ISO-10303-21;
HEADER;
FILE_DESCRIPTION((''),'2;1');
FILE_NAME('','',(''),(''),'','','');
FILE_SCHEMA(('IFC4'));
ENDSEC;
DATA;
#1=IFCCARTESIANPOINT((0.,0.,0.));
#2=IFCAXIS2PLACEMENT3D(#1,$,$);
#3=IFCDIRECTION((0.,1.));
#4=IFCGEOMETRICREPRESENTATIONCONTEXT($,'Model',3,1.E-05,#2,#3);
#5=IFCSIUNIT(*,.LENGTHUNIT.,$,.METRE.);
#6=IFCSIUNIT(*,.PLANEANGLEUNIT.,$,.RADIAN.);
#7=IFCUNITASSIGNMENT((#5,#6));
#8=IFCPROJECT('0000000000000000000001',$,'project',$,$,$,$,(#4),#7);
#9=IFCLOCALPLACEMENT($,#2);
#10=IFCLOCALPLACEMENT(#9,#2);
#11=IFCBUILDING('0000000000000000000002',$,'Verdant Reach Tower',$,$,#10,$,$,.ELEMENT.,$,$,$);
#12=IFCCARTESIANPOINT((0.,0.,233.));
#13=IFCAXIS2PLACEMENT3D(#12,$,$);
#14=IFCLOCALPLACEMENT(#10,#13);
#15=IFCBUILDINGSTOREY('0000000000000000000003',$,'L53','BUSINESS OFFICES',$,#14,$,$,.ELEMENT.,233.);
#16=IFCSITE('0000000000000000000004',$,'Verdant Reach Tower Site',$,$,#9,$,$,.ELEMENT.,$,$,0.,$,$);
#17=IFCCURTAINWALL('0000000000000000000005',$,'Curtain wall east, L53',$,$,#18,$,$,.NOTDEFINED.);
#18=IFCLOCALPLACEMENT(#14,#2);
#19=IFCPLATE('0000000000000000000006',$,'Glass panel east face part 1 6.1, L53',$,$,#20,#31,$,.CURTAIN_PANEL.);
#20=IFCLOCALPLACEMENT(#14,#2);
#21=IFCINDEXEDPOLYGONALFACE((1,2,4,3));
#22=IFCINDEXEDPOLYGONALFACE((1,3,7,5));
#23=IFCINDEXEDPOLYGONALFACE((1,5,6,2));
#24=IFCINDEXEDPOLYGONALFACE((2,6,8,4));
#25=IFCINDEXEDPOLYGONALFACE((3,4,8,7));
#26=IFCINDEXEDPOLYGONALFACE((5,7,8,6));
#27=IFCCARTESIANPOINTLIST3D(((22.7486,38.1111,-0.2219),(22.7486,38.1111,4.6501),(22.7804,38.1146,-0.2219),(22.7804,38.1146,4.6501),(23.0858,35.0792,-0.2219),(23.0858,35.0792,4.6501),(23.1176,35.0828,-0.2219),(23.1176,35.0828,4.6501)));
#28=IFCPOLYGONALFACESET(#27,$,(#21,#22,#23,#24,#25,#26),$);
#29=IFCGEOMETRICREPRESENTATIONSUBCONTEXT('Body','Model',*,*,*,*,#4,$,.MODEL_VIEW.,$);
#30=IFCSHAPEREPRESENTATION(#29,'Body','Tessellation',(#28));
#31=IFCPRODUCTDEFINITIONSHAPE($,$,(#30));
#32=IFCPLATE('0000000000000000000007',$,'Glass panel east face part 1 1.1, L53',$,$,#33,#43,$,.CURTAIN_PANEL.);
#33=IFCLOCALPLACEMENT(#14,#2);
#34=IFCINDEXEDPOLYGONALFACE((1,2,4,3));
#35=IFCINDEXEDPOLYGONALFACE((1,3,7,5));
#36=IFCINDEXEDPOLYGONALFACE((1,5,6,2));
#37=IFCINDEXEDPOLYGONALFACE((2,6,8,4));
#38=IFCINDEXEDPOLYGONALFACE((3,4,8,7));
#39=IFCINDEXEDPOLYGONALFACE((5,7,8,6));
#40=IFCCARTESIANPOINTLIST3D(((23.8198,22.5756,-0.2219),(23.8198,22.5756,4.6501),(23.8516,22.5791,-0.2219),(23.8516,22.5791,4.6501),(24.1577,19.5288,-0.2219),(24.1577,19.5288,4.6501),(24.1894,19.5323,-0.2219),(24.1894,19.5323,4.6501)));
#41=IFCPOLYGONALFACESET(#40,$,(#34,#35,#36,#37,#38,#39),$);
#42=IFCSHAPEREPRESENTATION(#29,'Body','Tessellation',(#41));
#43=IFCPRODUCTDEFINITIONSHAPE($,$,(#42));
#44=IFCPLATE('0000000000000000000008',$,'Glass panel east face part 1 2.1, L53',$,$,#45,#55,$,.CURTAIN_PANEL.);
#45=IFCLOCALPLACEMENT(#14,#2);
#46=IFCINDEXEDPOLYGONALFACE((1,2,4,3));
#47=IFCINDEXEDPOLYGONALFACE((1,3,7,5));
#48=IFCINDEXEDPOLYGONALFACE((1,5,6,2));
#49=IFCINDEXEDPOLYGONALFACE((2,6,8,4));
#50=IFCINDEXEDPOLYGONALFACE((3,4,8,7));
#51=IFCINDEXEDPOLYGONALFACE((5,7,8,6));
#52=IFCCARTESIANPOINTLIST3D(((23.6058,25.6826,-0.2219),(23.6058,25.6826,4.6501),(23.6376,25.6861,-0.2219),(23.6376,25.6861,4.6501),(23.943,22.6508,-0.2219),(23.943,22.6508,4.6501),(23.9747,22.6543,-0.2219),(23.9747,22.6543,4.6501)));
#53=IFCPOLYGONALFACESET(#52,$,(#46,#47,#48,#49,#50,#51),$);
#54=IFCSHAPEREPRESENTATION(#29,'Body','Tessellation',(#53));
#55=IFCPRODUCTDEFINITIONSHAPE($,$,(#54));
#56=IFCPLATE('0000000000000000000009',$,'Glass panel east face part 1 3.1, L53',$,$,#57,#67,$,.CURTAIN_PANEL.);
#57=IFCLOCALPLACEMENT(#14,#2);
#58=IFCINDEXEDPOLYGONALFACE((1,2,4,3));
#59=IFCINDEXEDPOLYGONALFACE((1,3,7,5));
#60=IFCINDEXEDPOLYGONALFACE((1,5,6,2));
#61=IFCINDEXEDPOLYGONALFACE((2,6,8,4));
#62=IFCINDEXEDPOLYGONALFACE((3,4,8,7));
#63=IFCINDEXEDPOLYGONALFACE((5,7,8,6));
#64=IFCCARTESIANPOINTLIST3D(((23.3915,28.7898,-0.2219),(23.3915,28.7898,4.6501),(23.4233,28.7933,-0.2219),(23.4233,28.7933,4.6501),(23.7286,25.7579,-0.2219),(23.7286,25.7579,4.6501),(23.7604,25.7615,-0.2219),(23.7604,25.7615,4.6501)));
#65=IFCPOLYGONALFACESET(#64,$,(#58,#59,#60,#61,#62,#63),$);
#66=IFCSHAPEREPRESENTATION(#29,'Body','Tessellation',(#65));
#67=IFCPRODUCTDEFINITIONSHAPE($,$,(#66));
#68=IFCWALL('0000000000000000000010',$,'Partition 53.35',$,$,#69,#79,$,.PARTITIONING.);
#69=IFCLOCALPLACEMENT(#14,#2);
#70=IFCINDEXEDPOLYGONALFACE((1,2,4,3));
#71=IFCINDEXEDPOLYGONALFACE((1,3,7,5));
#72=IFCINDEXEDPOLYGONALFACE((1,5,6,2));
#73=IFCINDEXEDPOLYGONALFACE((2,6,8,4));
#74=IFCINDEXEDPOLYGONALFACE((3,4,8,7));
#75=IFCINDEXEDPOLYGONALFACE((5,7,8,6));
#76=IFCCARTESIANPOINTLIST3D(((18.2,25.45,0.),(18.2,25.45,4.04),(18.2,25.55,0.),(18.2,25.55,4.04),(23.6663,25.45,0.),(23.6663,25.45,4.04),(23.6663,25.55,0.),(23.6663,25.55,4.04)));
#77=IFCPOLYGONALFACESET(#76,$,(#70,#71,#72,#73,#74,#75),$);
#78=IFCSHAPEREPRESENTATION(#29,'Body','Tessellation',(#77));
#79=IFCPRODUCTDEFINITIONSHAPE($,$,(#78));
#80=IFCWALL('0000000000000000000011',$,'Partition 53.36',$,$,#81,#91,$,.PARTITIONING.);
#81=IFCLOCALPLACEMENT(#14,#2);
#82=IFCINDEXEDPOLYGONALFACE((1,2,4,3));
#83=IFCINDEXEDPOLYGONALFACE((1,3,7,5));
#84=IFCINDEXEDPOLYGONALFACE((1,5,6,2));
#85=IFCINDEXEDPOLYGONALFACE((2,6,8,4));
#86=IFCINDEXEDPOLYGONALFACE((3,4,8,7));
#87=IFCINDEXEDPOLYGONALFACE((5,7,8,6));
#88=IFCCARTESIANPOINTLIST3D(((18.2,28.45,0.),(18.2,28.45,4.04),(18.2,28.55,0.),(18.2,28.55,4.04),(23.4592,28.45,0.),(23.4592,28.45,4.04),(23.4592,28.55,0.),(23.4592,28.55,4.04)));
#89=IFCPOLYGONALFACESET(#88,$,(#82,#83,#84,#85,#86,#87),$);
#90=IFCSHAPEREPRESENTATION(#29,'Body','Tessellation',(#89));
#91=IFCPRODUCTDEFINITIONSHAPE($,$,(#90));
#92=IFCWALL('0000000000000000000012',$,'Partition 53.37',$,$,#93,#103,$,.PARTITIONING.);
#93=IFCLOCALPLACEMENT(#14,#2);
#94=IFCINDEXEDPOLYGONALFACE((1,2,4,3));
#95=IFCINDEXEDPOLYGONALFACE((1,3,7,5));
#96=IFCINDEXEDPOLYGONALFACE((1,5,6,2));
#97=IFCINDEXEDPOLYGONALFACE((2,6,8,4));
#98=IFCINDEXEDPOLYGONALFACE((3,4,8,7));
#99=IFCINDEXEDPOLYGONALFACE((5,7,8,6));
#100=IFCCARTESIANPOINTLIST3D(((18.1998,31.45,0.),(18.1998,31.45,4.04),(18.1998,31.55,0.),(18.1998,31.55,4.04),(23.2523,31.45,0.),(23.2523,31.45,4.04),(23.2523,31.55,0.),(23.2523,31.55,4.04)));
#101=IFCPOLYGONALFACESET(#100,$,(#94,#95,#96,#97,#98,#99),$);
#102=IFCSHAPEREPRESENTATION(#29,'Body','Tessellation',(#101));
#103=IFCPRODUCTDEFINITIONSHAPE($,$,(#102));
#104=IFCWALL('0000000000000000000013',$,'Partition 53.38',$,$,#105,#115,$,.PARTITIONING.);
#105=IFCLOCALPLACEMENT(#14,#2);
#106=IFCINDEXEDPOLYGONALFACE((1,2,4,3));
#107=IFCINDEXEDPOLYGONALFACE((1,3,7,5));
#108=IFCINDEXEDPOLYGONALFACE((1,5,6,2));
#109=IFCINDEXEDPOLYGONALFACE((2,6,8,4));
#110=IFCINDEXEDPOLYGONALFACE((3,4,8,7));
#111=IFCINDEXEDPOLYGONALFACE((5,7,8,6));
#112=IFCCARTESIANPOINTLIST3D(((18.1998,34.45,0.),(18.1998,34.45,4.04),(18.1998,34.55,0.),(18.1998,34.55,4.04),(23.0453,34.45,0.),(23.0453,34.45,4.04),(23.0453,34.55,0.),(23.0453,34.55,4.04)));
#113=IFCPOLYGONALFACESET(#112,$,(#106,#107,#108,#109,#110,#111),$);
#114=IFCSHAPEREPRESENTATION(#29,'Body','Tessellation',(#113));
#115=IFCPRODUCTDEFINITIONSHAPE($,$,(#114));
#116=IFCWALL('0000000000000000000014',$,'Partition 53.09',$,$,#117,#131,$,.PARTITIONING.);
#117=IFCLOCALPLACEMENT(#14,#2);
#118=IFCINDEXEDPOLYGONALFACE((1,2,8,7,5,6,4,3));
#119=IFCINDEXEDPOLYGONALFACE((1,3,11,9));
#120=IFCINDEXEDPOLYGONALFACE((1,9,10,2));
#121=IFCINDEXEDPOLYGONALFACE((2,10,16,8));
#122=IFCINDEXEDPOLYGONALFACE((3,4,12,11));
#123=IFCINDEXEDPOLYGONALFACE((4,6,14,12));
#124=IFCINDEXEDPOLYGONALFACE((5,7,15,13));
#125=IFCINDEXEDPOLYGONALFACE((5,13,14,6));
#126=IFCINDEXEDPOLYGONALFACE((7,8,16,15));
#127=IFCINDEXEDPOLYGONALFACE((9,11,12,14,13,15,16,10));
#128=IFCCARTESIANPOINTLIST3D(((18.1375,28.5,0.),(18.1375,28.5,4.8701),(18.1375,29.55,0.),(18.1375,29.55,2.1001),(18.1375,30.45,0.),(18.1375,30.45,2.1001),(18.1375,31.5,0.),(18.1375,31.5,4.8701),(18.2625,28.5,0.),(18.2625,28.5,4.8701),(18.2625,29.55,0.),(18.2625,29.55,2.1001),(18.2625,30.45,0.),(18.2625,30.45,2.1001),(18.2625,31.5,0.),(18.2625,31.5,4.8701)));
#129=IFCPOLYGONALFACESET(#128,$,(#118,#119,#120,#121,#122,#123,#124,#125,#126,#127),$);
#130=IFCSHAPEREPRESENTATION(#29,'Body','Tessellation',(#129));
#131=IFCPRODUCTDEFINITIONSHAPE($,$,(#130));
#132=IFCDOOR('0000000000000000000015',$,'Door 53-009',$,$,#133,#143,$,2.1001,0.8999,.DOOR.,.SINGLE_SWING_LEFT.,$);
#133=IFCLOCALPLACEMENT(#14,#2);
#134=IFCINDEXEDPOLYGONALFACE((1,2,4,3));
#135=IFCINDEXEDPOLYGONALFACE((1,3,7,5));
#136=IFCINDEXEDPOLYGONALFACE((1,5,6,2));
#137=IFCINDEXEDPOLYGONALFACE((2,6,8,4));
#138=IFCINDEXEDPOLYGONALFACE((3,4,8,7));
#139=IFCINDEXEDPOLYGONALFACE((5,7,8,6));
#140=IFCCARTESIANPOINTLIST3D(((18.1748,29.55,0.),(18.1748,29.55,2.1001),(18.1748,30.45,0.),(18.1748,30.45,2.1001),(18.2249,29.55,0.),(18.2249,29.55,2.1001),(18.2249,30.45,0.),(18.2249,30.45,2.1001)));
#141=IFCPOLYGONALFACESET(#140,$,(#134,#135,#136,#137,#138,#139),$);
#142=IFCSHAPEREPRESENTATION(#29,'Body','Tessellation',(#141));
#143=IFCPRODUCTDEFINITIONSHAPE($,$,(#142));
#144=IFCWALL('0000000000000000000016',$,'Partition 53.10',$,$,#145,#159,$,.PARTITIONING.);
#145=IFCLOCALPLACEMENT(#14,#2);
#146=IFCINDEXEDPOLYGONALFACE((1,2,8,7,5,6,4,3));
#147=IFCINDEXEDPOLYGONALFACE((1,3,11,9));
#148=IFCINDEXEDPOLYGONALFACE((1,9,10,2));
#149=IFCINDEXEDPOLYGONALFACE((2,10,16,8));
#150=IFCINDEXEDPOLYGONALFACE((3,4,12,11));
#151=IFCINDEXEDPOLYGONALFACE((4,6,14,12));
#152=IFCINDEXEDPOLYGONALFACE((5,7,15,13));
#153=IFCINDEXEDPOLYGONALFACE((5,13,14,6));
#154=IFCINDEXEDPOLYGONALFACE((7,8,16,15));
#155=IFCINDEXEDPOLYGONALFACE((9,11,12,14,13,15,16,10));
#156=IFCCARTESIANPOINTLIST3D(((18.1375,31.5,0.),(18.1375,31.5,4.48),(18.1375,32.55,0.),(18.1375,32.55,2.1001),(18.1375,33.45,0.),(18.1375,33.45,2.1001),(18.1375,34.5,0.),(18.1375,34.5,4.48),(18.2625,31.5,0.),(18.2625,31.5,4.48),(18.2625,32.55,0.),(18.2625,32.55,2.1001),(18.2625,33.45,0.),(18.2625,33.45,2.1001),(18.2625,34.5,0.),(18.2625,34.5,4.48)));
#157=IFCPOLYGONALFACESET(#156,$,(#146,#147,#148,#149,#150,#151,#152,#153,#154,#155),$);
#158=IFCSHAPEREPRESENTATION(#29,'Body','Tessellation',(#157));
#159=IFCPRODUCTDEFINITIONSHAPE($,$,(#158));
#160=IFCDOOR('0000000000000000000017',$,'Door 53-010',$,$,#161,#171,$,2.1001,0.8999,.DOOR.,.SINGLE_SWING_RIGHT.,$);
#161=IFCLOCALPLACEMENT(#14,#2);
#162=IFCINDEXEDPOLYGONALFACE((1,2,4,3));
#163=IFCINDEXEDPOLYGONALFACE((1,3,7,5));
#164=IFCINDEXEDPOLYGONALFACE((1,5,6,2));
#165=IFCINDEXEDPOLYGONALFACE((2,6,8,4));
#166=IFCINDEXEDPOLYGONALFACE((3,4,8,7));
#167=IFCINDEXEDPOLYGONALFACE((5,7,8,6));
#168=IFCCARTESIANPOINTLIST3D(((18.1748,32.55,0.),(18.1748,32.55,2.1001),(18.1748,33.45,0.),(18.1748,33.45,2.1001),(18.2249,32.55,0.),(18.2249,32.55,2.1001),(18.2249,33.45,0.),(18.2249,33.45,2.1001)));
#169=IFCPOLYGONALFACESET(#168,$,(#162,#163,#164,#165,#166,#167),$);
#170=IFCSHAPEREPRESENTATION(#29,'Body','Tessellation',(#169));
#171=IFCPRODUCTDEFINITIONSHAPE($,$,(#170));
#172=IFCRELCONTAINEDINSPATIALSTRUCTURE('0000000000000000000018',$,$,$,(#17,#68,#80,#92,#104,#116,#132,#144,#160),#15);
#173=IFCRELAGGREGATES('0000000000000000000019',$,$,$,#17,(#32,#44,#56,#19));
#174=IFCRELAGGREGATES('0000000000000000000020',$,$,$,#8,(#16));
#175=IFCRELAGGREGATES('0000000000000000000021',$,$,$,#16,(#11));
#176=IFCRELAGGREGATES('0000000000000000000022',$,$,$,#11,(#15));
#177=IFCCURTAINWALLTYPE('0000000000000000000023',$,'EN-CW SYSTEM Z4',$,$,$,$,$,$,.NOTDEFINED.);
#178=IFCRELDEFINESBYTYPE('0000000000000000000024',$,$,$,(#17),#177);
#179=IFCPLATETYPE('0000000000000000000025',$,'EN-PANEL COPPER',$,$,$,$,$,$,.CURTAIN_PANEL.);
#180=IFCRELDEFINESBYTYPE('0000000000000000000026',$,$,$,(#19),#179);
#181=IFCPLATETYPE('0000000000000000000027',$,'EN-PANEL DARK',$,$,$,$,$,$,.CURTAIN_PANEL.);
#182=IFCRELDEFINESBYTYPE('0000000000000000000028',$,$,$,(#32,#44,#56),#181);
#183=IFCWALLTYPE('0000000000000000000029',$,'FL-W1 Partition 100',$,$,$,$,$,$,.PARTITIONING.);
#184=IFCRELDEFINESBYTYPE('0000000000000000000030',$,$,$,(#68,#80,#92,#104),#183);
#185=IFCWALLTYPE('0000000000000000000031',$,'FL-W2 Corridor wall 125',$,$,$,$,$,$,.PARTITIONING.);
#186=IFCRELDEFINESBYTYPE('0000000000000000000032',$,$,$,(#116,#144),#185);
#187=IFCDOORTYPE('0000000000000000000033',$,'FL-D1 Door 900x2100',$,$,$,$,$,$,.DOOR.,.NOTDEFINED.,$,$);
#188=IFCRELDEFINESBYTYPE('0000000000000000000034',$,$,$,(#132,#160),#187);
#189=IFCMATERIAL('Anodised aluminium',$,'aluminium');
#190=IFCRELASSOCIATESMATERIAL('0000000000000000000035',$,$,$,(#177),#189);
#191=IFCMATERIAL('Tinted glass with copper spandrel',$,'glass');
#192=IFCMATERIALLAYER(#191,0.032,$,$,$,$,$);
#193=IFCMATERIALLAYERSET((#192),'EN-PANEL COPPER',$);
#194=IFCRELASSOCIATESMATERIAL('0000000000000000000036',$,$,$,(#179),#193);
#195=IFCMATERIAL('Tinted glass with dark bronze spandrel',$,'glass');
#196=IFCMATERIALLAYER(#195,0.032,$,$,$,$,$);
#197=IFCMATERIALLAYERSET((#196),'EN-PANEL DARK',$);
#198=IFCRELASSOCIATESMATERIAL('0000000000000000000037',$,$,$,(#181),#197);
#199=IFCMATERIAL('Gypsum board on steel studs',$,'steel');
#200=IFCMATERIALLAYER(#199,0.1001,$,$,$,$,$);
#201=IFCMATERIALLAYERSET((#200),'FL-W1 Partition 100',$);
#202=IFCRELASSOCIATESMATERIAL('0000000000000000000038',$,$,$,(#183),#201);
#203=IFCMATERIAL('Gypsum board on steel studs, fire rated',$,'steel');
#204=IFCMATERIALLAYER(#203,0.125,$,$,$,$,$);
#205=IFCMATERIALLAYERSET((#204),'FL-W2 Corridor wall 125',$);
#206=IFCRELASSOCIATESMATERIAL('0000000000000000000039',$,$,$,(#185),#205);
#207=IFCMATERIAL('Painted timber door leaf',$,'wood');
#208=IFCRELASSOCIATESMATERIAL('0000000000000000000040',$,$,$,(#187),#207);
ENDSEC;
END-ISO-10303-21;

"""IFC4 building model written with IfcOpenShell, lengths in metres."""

from ifc_helpers import new_model, si_unit, direction, frame, frame_2d, origin, origin_2d, place, context, subcontext, project, spatial, rectangle, extrude, material, layer, layer_set, type_object, element, fill, aggregate, save


model = new_model("IFC4")

# Units and contexts
model_context = context("Model", 3, precision=1e-05, world=origin(), true_north=direction((0.0, 1.0)))
body_context = subcontext(model_context, "Body", "Model", "MODEL_VIEW")
ifc_project = project(units=[si_unit("LENGTHUNIT", "METRE"), si_unit("PLANEANGLEUNIT", "RADIAN")], contexts=[model_context])

# Site, building, storey
site_placement = place(None, origin())
site = spatial("IfcSite", under=ifc_project, at=site_placement, Name="Verdant Reach Tower Site", CompositionType="ELEMENT", RefElevation=0.0)
building_placement = place(site_placement, origin())
building = spatial("IfcBuilding", under=site, at=building_placement, Name="Verdant Reach Tower", CompositionType="ELEMENT")
storey_placement = place(building_placement, frame((0.0, 0.0, 233.0)))
storey = spatial("IfcBuildingStorey", under=building, at=storey_placement, Name="L53", Description="BUSINESS OFFICES", CompositionType="ELEMENT", Elevation=233.0)

# Curtain wall
ifc_material_1 = material(Name="Anodised aluminium", Category="aluminium")
curtain_wall_type = type_object("IfcCurtainWallType", Name="EN-CW SYSTEM Z4", PredefinedType="NOTDEFINED", material=ifc_material_1)
curtain_wall_placement = place(storey_placement, origin())
curtain_wall = element("IfcCurtainWall", 1, at=curtain_wall_placement, inside=storey, type_object=curtain_wall_type, Name="Curtain wall east, L53", PredefinedType="NOTDEFINED")

# Plates
ifc_material_2 = material(Name="Tinted glass with copper spandrel", Category="glass")
ifc_layer_1 = layer(ifc_material_2, 0.032)
ifc_layer_set_1 = layer_set([ifc_layer_1], Name="EN-PANEL COPPER")
plate_type_1 = type_object("IfcPlateType", Name="EN-PANEL COPPER", PredefinedType="CURTAIN_PANEL", material=ifc_layer_set_1)
plate_1_placement = place(storey_placement, frame((22.9331, 36.5969, -0.2219), z_axis=(0.0, 0.0, 1.0), x_axis=(-0.110518, 0.993874, 0.0)))
plate_1 = element("IfcPlate", 2, at=plate_1_placement, type_object=plate_type_1, Name="Glass panel east face part 1 6.1, L53", PredefinedType="CURTAIN_PANEL", context=body_context, shape_type="SweptSolid", body=[
    extrude(rectangle(XDim=3.0505, YDim=0.032, at=origin_2d()), origin(), (0.0, 0.0, 1.0), 4.8721),
])
ifc_material_3 = material(Name="Tinted glass with dark bronze spandrel", Category="glass")
ifc_layer_2 = layer(ifc_material_3, 0.032)
ifc_layer_set_2 = layer_set([ifc_layer_2], Name="EN-PANEL DARK")
plate_type_2 = type_object("IfcPlateType", Name="EN-PANEL DARK", PredefinedType="CURTAIN_PANEL", material=ifc_layer_set_2)
plate_2_placement = place(storey_placement, frame((24.0046, 21.054, -0.2219), z_axis=(0.0, 0.0, 1.0), x_axis=(-0.110206, 0.993909, 0.0)))
plate_2 = element("IfcPlate", 3, at=plate_2_placement, type_object=plate_type_2, Name="Glass panel east face part 1 1.1, L53", PredefinedType="CURTAIN_PANEL", context=body_context, shape_type="SweptSolid", body=[
    extrude(rectangle(XDim=3.0654, YDim=0.032, at=origin_2d()), origin(), (0.0, 0.0, 1.0), 4.8721),
])
plate_3_placement = place(storey_placement, frame((23.7903, 24.1685, -0.2219), z_axis=(0.0, 0.0, 1.0), x_axis=(-0.110518, 0.993874, 0.0)))
plate_3 = element("IfcPlate", 4, at=plate_3_placement, type_object=plate_type_2, Name="Glass panel east face part 1 2.1, L53", PredefinedType="CURTAIN_PANEL", context=body_context, shape_type="SweptSolid", body=[
    extrude(rectangle(XDim=3.0505, YDim=0.032, at=origin_2d()), origin(), (0.0, 0.0, 1.0), 4.8721),
])
plate_4_placement = place(storey_placement, frame((23.5759, 27.2756, -0.2219), z_axis=(0.0, 0.0, 1.0), x_axis=(-0.110518, 0.993874, 0.0)))
plate_4 = element("IfcPlate", 5, at=plate_4_placement, type_object=plate_type_2, Name="Glass panel east face part 1 3.1, L53", PredefinedType="CURTAIN_PANEL", context=body_context, shape_type="SweptSolid", body=[
    extrude(rectangle(XDim=3.0505, YDim=0.032, at=origin_2d()), origin(), (0.0, 0.0, 1.0), 4.8721),
])
aggregate(curtain_wall, [plate_2, plate_3, plate_4, plate_1])

# Walls
ifc_material_4 = material(Name="Gypsum board on steel studs", Category="steel")
ifc_layer_3 = layer(ifc_material_4, 0.1001)
ifc_layer_set_3 = layer_set([ifc_layer_3], Name="FL-W1 Partition 100")
wall_type_1 = type_object("IfcWallType", Name="FL-W1 Partition 100", PredefinedType="PARTITIONING", material=ifc_layer_set_3)
wall_1_placement = place(storey_placement, frame((23.6663, 25.5, 0.0), z_axis=(0.0, 0.0, 1.0), x_axis=(-1.0, 0.0, 0.0)))
element("IfcWall", 6, at=wall_1_placement, inside=storey, type_object=wall_type_1, Name="Partition 53.35", PredefinedType="PARTITIONING", context=body_context, shape_type="SweptSolid", body=[
    extrude(rectangle(XDim=5.4663, YDim=0.1001, at=frame_2d((2.7332, 0.0))), origin(), (0.0, 0.0, 1.0), 4.04),
])
wall_2_placement = place(storey_placement, frame((23.4592, 28.5, 0.0), z_axis=(0.0, 0.0, 1.0), x_axis=(-1.0, 0.0, 0.0)))
element("IfcWall", 7, at=wall_2_placement, inside=storey, type_object=wall_type_1, Name="Partition 53.36", PredefinedType="PARTITIONING", context=body_context, shape_type="SweptSolid", body=[
    extrude(rectangle(XDim=5.2593, YDim=0.1001, at=frame_2d((2.6296, 0.0))), origin(), (0.0, 0.0, 1.0), 4.04),
])
wall_3_placement = place(storey_placement, frame((23.2524, 31.5, 0.0), z_axis=(0.0, 0.0, 1.0), x_axis=(-1.0, 0.0, 0.0)))
element("IfcWall", 8, at=wall_3_placement, inside=storey, type_object=wall_type_1, Name="Partition 53.37", PredefinedType="PARTITIONING", context=body_context, shape_type="SweptSolid", body=[
    extrude(rectangle(XDim=5.0525, YDim=0.1001, at=frame_2d((2.5264, 0.0))), origin(), (0.0, 0.0, 1.0), 4.04),
])
wall_4_placement = place(storey_placement, frame((23.0454, 34.5, 0.0), z_axis=(0.0, 0.0, 1.0), x_axis=(-1.0, 0.0, 0.0)))
element("IfcWall", 9, at=wall_4_placement, inside=storey, type_object=wall_type_1, Name="Partition 53.38", PredefinedType="PARTITIONING", context=body_context, shape_type="SweptSolid", body=[
    extrude(rectangle(XDim=4.8455, YDim=0.1001, at=frame_2d((2.4229, 0.0))), origin(), (0.0, 0.0, 1.0), 4.04),
])

# Walls, openings, doors
ifc_material_5 = material(Name="Gypsum board on steel studs, fire rated", Category="steel")
ifc_layer_4 = layer(ifc_material_5, 0.125)
ifc_layer_set_4 = layer_set([ifc_layer_4], Name="FL-W2 Corridor wall 125")
wall_type_2 = type_object("IfcWallType", Name="FL-W2 Corridor wall 125", PredefinedType="PARTITIONING", material=ifc_layer_set_4)
wall_5_placement = place(storey_placement, frame((18.2, 31.5, 0.0), z_axis=(0.0, 0.0, 1.0), x_axis=(0.0, -1.0, 0.0)))
wall_5 = element("IfcWall", 10, at=wall_5_placement, inside=storey, type_object=wall_type_2, Name="Partition 53.09", PredefinedType="PARTITIONING", context=body_context, shape_type="SweptSolid", body=[
    extrude(rectangle(XDim=3.0, YDim=0.125, at=frame_2d((1.5, 0.0))), origin(), (0.0, 0.0, 1.0), 4.8701),
])
opening_1_placement = place(wall_5_placement, frame((1.05, 0.0, 0.0)))
opening_1 = element("IfcOpeningElement", 11, at=opening_1_placement, cuts=wall_5, PredefinedType="OPENING", context=body_context, shape_type="SweptSolid", body=[
    extrude(rectangle(XDim=0.8999, YDim=2.1001, at=frame_2d((0.45, 1.05))), frame((0.0, 0.0725, 0.0), z_axis=(0.0, -1.0, 0.0), x_axis=(1.0, 0.0, 0.0)), (0.0, 0.0, 1.0), 0.145),
])
ifc_material_6 = material(Name="Painted timber door leaf", Category="wood")
door_type = type_object("IfcDoorType", Name="FL-D1 Door 900x2100", OperationType="NOTDEFINED", PredefinedType="DOOR", material=ifc_material_6)
door_1_placement = place(opening_1_placement, origin())
door_1 = element("IfcDoor", 12, at=door_1_placement, inside=storey, type_object=door_type, Name="Door 53-009", OperationType="SINGLE_SWING_LEFT", OverallHeight=2.1001, OverallWidth=0.8999, PredefinedType="DOOR", context=body_context, shape_type="SweptSolid", body=[
    extrude(rectangle(XDim=0.8999, YDim=2.1001, at=frame_2d((0.45, 1.05))), frame((0.0, 0.0249, 0.0), z_axis=(0.0, -1.0, 0.0), x_axis=(1.0, 0.0, 0.0)), (0.0, 0.0, 1.0), 0.05),
])
fill(opening_1, door_1)
wall_6_placement = place(storey_placement, frame((18.2, 34.5, 0.0), z_axis=(0.0, 0.0, 1.0), x_axis=(0.0, -1.0, 0.0)))
wall_6 = element("IfcWall", 13, at=wall_6_placement, inside=storey, type_object=wall_type_2, Name="Partition 53.10", PredefinedType="PARTITIONING", context=body_context, shape_type="SweptSolid", body=[
    extrude(rectangle(XDim=3.0, YDim=0.125, at=frame_2d((1.5, 0.0))), origin(), (0.0, 0.0, 1.0), 4.48),
])
opening_2_placement = place(wall_6_placement, frame((1.05, 0.0, 0.0)))
opening_2 = element("IfcOpeningElement", 14, at=opening_2_placement, cuts=wall_6, PredefinedType="OPENING", context=body_context, shape_type="SweptSolid", body=[
    extrude(rectangle(XDim=0.8999, YDim=2.1001, at=frame_2d((0.45, 1.05))), frame((0.0, 0.0725, 0.0), z_axis=(0.0, -1.0, 0.0), x_axis=(1.0, 0.0, 0.0)), (0.0, 0.0, 1.0), 0.145),
])
door_2_placement = place(opening_2_placement, origin())
door_2 = element("IfcDoor", 15, at=door_2_placement, inside=storey, type_object=door_type, Name="Door 53-010", OperationType="SINGLE_SWING_RIGHT", OverallHeight=2.1001, OverallWidth=0.8999, PredefinedType="DOOR", context=body_context, shape_type="SweptSolid", body=[
    extrude(rectangle(XDim=0.8999, YDim=2.1001, at=frame_2d((0.45, 1.05))), frame((0.0, 0.0249, 0.0), z_axis=(0.0, -1.0, 0.0), x_axis=(1.0, 0.0, 0.0)), (0.0, 0.0, 1.0), 0.05),
])
fill(opening_2, door_2)

save(model, "model.ifc")
